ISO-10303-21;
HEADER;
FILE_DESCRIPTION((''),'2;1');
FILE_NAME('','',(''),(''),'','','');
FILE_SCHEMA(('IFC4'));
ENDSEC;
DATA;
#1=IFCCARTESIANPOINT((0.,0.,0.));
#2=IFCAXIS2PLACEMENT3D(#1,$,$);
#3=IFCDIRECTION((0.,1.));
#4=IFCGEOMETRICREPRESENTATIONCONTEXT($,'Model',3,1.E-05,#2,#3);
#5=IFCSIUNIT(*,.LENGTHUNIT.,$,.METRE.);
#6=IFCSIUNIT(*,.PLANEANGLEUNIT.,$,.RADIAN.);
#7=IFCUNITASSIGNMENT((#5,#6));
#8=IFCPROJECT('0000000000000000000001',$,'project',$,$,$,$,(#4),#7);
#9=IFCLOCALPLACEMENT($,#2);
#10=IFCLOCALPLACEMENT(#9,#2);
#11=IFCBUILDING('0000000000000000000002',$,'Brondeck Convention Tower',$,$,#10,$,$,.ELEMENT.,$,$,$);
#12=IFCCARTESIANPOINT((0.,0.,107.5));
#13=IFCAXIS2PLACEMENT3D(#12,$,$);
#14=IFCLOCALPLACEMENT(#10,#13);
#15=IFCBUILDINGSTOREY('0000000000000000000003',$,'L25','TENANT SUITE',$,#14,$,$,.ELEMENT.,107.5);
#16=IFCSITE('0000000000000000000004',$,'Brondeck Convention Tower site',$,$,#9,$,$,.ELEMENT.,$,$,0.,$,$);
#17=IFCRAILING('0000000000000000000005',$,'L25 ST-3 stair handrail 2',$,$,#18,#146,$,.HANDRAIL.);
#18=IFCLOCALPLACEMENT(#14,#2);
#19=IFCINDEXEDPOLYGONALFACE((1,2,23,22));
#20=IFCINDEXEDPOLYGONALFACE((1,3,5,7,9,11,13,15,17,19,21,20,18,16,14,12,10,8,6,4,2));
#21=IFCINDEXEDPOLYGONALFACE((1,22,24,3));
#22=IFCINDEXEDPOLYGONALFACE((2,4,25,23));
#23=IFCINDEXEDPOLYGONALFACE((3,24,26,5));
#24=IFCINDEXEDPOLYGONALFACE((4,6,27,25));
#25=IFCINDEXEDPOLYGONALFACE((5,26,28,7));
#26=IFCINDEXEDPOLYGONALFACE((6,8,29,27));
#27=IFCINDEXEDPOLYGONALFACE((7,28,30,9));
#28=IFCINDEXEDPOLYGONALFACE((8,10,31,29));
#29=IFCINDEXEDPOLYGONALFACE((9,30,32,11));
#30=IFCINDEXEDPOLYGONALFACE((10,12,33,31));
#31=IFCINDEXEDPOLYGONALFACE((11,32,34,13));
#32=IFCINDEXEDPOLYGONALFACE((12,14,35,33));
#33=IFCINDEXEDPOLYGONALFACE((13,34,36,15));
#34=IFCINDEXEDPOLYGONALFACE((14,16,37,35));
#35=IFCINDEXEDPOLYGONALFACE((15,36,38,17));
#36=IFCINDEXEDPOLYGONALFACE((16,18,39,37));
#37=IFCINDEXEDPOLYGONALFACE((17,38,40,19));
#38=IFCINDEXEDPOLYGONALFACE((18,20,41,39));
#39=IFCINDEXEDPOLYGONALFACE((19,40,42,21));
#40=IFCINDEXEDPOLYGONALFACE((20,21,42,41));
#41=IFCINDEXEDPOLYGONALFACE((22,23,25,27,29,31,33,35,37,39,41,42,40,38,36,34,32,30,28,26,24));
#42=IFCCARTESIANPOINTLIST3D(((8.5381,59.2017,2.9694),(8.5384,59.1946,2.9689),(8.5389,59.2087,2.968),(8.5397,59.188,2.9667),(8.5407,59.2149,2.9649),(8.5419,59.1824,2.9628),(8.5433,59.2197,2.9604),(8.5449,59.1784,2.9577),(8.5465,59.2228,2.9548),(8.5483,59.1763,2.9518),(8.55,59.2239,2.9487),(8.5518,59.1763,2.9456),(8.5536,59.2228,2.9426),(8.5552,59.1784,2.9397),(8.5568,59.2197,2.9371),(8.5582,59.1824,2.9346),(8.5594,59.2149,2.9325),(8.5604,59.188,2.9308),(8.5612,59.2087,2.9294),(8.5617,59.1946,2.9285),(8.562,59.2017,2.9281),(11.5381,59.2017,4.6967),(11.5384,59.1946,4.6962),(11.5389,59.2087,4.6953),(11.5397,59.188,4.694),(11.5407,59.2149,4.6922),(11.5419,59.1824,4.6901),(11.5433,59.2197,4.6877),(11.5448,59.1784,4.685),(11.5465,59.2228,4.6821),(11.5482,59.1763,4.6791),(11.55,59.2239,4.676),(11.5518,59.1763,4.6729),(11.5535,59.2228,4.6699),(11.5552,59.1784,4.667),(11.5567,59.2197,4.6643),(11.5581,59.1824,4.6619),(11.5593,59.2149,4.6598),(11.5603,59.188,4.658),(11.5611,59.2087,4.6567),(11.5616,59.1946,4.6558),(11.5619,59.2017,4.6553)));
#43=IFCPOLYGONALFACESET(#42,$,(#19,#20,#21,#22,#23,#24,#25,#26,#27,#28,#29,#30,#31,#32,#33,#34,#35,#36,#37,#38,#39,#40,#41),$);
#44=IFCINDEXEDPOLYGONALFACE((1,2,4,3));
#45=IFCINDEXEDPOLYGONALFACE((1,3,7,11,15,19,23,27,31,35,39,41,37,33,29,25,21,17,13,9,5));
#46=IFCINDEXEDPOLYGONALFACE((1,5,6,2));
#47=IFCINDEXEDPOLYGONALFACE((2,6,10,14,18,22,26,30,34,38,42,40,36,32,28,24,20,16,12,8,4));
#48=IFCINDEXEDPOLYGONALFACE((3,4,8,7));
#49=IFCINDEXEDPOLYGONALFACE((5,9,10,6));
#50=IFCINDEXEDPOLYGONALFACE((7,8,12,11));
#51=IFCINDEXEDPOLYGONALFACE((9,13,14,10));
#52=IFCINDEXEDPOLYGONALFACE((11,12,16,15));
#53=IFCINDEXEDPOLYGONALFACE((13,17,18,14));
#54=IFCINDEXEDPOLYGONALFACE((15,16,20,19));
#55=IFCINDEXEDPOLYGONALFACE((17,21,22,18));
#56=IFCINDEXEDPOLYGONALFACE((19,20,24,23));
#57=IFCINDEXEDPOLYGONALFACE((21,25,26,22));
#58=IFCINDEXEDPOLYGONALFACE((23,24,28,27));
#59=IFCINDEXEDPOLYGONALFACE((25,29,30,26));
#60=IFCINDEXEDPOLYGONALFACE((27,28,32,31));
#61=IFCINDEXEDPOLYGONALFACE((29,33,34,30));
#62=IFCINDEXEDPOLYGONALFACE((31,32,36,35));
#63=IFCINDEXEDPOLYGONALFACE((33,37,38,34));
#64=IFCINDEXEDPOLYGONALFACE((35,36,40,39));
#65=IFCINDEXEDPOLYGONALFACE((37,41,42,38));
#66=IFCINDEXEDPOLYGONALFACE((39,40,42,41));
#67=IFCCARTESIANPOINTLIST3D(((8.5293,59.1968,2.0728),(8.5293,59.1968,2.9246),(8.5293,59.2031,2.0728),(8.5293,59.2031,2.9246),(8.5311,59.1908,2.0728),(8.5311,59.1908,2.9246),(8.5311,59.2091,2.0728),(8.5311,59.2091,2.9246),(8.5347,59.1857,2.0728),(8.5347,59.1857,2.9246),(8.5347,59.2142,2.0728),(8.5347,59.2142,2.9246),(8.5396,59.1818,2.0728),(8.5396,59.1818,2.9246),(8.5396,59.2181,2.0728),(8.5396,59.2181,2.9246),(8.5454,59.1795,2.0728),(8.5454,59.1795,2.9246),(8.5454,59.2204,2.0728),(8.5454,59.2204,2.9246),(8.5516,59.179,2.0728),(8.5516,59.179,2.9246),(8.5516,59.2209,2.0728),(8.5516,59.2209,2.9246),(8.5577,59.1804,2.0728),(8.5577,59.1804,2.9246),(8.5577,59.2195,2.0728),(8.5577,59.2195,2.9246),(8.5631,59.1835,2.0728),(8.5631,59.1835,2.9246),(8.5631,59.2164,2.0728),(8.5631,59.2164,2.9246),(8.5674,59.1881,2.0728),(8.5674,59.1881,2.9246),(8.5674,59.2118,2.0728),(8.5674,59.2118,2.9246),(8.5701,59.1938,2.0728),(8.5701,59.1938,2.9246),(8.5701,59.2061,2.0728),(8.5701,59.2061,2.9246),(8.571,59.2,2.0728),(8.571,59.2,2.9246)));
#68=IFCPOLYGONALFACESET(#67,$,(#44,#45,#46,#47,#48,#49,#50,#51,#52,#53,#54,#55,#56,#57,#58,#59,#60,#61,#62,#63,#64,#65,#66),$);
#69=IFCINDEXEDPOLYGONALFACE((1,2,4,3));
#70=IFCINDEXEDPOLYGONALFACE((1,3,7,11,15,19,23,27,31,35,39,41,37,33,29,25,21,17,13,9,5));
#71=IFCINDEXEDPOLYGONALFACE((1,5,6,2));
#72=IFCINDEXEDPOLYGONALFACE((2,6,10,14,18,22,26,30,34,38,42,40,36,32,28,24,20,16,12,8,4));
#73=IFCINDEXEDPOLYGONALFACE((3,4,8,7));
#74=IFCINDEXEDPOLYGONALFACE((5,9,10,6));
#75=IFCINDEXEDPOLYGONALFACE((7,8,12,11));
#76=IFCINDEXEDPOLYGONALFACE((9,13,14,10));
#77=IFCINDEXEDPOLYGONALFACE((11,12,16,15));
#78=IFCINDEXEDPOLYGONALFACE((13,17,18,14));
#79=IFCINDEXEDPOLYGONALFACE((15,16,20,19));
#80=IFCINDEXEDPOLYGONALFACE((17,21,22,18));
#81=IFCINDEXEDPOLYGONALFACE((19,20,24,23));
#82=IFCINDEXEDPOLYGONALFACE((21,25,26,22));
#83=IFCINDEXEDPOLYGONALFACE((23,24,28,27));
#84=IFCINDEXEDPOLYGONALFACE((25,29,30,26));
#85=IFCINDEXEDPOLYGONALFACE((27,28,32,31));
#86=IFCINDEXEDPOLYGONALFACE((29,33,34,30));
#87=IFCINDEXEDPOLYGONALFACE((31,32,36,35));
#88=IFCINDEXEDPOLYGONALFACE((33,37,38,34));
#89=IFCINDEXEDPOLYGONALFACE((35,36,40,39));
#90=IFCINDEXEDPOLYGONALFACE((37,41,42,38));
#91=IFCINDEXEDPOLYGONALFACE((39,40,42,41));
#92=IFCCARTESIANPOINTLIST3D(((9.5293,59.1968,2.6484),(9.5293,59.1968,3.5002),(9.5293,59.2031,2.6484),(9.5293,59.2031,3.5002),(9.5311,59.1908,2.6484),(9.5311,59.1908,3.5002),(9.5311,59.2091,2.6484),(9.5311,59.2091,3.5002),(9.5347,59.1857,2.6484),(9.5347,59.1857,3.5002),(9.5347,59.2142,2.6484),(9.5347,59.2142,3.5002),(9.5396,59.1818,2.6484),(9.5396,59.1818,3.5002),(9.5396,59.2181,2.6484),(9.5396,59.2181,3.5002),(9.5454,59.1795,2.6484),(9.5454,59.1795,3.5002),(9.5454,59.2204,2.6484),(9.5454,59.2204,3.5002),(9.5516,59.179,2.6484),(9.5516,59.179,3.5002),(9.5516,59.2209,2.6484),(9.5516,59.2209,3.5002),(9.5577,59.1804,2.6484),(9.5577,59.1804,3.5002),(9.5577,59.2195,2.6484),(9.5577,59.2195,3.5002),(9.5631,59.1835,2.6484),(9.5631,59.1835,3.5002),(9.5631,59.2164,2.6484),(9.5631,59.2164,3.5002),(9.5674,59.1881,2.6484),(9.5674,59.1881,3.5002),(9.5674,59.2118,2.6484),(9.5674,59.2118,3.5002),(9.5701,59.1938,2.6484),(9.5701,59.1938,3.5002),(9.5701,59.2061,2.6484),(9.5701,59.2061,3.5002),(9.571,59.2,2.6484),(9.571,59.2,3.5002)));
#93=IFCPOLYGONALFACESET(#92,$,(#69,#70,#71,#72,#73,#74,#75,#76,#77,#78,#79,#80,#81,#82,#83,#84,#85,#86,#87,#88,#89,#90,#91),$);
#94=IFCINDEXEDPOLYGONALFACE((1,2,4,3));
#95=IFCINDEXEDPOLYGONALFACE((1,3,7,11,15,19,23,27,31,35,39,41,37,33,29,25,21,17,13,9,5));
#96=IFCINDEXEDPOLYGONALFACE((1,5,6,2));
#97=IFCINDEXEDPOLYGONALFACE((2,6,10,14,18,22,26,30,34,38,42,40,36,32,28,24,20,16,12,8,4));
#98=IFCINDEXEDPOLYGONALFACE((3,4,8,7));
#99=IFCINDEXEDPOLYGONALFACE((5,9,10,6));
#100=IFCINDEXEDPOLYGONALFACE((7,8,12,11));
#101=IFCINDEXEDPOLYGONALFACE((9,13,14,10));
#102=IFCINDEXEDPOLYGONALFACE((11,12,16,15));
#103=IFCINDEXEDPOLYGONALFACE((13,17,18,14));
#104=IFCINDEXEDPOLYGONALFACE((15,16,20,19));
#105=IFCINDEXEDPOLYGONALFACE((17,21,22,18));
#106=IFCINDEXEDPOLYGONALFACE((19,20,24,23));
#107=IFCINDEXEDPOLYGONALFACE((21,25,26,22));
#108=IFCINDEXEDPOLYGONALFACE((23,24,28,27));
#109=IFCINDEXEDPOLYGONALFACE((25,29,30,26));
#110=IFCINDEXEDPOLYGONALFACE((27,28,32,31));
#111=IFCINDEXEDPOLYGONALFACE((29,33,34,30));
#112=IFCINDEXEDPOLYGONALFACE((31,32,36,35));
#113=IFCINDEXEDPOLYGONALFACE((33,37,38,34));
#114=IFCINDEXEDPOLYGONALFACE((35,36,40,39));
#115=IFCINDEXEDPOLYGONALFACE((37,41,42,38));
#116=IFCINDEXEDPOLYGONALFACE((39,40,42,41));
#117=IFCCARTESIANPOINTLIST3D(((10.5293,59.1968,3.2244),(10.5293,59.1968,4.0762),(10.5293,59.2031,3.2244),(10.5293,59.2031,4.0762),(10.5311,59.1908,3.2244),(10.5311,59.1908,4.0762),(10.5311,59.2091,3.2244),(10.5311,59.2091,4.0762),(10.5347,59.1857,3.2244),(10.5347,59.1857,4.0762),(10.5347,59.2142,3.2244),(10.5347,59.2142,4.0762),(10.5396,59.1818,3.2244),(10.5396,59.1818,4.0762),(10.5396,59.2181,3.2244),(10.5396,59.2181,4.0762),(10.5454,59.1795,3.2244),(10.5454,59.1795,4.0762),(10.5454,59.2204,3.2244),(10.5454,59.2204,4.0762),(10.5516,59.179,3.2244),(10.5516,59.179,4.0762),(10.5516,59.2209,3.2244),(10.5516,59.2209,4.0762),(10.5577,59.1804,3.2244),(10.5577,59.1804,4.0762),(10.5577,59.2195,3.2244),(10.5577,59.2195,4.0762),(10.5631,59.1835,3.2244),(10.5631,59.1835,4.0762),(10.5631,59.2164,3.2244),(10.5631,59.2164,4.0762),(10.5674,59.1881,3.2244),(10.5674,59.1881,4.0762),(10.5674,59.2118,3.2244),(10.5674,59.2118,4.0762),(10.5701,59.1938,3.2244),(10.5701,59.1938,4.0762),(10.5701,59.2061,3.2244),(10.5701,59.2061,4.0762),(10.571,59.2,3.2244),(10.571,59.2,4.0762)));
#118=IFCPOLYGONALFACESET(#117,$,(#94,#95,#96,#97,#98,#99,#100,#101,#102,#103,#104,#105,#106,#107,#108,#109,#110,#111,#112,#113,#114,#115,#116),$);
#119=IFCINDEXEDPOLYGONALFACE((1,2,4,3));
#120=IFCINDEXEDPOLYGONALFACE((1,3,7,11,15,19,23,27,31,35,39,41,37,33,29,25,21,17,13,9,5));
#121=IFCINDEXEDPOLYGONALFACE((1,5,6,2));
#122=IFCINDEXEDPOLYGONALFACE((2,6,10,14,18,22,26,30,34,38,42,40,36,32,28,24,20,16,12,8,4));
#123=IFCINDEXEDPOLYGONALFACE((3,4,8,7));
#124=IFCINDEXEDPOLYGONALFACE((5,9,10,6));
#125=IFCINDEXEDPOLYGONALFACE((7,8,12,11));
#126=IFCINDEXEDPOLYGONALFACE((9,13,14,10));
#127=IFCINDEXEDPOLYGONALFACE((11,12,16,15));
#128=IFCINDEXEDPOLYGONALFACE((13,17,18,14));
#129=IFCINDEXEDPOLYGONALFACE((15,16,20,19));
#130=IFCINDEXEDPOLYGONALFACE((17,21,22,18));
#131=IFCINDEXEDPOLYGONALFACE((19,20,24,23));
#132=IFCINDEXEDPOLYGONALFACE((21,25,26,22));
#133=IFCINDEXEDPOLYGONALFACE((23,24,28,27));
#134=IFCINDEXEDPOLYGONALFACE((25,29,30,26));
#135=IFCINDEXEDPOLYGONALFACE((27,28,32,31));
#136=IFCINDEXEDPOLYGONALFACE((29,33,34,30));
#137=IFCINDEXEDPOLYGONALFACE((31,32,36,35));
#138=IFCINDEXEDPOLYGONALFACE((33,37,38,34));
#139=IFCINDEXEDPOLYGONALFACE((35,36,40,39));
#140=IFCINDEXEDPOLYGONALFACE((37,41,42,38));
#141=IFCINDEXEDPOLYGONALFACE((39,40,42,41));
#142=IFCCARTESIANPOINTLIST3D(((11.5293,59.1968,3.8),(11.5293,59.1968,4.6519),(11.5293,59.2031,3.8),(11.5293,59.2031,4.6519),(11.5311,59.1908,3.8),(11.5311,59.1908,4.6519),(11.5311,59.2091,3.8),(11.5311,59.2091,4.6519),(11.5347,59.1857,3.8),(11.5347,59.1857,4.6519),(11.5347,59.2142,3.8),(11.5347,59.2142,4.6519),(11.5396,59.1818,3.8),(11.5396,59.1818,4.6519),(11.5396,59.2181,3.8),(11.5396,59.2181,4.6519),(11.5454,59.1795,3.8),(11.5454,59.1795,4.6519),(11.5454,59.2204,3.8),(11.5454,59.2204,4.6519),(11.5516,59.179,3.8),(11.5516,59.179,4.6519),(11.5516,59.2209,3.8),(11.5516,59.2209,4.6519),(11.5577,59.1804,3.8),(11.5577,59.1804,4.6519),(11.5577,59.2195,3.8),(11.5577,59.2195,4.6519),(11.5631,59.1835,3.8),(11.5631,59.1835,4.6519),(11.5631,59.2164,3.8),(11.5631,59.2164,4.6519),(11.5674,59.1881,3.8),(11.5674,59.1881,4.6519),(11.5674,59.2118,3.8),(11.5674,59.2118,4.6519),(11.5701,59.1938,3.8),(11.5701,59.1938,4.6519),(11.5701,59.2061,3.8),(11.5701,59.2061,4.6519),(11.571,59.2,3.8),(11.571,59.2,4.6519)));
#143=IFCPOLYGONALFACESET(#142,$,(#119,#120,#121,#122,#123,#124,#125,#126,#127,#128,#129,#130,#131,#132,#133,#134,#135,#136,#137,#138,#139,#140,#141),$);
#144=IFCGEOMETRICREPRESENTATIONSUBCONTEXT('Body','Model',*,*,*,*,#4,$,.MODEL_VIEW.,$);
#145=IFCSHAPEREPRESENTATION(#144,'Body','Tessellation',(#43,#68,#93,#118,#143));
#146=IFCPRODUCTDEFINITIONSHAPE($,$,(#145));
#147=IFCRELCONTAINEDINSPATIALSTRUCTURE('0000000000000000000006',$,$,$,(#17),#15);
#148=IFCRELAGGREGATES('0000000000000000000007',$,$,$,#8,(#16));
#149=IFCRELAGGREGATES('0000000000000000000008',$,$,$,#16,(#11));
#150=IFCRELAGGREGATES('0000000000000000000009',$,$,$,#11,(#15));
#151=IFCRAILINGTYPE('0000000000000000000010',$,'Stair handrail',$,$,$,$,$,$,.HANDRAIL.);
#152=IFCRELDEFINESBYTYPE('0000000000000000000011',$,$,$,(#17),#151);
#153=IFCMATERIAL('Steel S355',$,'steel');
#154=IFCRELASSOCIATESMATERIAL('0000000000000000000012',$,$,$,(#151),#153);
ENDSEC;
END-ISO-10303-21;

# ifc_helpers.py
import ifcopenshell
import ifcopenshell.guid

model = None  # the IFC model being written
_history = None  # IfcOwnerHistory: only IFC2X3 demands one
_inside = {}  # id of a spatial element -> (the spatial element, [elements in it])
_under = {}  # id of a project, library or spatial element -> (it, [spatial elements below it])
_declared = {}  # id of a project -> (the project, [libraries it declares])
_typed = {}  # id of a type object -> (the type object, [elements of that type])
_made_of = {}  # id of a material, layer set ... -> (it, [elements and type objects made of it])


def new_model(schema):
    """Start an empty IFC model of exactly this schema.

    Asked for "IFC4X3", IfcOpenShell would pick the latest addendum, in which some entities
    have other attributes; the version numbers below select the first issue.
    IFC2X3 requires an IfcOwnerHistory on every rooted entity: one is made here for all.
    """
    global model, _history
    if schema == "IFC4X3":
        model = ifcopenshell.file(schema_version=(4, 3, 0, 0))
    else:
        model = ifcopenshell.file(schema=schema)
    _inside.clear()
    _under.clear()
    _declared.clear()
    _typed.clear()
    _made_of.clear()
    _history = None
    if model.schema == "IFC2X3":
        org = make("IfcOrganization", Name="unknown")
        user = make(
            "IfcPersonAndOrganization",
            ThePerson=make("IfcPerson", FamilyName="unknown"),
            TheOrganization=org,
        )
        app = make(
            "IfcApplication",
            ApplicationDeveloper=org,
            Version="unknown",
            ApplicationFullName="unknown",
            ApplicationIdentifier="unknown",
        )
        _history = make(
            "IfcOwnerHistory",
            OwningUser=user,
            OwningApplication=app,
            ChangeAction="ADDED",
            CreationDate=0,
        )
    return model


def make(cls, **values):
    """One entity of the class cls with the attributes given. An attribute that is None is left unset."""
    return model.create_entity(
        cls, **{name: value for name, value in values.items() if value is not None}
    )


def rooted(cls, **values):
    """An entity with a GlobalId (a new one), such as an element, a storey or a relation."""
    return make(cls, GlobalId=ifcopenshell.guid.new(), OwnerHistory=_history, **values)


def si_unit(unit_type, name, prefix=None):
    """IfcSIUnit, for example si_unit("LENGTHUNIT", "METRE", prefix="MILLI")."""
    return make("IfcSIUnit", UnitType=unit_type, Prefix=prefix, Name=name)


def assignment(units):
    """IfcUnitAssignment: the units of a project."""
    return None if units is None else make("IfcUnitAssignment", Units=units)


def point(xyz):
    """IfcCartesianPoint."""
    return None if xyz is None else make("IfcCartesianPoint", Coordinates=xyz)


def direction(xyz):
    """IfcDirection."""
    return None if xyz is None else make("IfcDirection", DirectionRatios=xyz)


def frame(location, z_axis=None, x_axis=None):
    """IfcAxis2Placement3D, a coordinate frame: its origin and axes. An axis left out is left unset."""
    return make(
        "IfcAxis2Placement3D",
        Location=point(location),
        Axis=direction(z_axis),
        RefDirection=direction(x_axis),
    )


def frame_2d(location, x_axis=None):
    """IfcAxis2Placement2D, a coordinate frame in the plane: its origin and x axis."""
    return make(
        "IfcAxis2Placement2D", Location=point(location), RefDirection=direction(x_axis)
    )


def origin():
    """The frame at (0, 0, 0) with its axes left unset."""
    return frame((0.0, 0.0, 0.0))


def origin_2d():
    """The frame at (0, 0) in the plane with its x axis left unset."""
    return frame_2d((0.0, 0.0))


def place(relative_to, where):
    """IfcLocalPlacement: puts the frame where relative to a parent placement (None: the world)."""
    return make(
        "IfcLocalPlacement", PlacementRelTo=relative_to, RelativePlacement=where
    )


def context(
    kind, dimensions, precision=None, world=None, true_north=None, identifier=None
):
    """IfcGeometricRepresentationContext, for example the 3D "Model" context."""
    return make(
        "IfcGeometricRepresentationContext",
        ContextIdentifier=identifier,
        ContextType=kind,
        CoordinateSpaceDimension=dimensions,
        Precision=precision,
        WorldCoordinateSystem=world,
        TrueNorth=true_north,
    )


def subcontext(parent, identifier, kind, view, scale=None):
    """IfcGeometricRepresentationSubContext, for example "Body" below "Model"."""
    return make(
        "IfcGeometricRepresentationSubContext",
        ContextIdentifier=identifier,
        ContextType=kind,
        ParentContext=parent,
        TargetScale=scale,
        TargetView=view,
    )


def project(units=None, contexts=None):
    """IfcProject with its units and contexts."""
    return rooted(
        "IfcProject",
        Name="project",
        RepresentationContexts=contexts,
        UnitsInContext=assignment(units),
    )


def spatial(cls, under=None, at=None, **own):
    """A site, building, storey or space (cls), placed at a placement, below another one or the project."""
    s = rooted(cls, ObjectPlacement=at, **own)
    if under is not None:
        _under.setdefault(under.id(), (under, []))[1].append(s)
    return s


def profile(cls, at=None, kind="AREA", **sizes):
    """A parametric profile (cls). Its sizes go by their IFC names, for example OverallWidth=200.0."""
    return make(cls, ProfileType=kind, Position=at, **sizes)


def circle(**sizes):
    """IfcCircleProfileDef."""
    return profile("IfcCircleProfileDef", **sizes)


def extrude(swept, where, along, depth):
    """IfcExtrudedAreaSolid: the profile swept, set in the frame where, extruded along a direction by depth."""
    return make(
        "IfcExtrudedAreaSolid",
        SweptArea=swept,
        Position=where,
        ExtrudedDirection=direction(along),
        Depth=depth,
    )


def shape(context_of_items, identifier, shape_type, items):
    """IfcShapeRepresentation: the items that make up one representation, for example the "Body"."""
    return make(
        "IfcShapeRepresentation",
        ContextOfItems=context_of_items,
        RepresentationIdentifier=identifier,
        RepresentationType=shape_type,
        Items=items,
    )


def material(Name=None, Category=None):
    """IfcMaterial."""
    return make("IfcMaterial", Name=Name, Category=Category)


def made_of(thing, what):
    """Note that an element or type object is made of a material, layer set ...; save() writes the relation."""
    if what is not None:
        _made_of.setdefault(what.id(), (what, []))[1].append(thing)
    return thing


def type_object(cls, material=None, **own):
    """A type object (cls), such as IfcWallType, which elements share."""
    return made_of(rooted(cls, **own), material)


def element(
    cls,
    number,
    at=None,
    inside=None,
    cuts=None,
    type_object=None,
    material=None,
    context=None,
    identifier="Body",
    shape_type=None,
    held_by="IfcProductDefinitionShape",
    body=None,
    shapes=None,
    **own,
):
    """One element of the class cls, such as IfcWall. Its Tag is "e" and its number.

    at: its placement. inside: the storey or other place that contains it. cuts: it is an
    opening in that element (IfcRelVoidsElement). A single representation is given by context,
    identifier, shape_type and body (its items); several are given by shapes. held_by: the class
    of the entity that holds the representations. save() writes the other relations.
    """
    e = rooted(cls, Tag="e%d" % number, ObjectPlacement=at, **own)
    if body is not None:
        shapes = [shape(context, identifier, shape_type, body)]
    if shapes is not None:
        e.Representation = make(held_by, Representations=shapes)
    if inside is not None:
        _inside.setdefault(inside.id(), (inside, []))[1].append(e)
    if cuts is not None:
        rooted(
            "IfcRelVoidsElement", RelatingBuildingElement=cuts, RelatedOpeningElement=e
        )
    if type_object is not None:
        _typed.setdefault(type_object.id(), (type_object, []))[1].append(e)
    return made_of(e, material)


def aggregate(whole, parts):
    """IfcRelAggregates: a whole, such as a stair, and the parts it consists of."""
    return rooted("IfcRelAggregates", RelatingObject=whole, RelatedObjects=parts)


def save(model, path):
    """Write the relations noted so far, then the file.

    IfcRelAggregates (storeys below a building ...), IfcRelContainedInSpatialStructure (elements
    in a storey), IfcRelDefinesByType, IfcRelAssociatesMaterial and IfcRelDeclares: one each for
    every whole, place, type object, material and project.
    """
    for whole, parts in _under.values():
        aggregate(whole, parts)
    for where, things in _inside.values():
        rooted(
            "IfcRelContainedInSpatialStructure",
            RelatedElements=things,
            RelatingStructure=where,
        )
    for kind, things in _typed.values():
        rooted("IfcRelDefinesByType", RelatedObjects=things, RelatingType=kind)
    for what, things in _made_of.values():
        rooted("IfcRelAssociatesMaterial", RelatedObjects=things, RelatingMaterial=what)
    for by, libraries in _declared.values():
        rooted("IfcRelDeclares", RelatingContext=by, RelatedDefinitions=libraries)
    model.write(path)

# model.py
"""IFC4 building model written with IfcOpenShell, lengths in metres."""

from ifc_helpers import new_model, si_unit, direction, frame, origin, origin_2d, place, context, subcontext, project, spatial, circle, extrude, material, type_object, element, save


model = new_model("IFC4")

# Units and contexts
model_context = context("Model", 3, precision=1e-05, world=origin(), true_north=direction((0.0, 1.0)))
body_context = subcontext(model_context, "Body", "Model", "MODEL_VIEW")
ifc_project = project(units=[si_unit("LENGTHUNIT", "METRE"), si_unit("PLANEANGLEUNIT", "RADIAN")], contexts=[model_context])

# Site, building, storey
site_placement = place(None, origin())
site = spatial("IfcSite", under=ifc_project, at=site_placement, Name="Brondeck Convention Tower site", CompositionType="ELEMENT", RefElevation=0.0)
building_placement = place(site_placement, origin())
building = spatial("IfcBuilding", under=site, at=building_placement, Name="Brondeck Convention Tower", CompositionType="ELEMENT")
storey_placement = place(building_placement, frame((0.0, 0.0, 107.5)))
storey = spatial("IfcBuildingStorey", under=building, at=storey_placement, Name="L25", Description="TENANT SUITE", CompositionType="ELEMENT", Elevation=107.5)

# Railing
ifc_material_1 = material(Name="Steel S355", Category="steel")
railing_type_1 = type_object("IfcRailingType", Name="Stair handrail", PredefinedType="HANDRAIL", material=ifc_material_1)
railing_1_placement = place(storey_placement, frame((8.55, 59.2, 2.0728)))
element("IfcRailing", 1, at=railing_1_placement, inside=storey, type_object=railing_type_1, Name="L25 ST-3 stair handrail 2", PredefinedType="HANDRAIL", context=body_context, shape_type="SweptSolid", body=[
    extrude(circle(Radius=0.0239, at=origin_2d()), frame((0.0, 0.0, 0.876), z_axis=(0.86662, 0.0, 0.498969), x_axis=(0.0, 1.0, 0.0)), (0.0, 0.0, 1.0), 3.4617),
    extrude(circle(Radius=0.021, at=origin_2d()), origin(), (0.0, 0.0, 1.0), 0.8518),
    extrude(circle(Radius=0.021, at=origin_2d()), frame((1.0, 0.0, 0.5757)), (0.0, 0.0, 1.0), 0.8518),
    extrude(circle(Radius=0.021, at=origin_2d()), frame((2.0, 0.0, 1.1516)), (0.0, 0.0, 1.0), 0.8518),
    extrude(circle(Radius=0.021, at=origin_2d()), frame((3.0, 0.0, 1.7273)), (0.0, 0.0, 1.0), 0.8518),
])

save(model, "model.ifc")
